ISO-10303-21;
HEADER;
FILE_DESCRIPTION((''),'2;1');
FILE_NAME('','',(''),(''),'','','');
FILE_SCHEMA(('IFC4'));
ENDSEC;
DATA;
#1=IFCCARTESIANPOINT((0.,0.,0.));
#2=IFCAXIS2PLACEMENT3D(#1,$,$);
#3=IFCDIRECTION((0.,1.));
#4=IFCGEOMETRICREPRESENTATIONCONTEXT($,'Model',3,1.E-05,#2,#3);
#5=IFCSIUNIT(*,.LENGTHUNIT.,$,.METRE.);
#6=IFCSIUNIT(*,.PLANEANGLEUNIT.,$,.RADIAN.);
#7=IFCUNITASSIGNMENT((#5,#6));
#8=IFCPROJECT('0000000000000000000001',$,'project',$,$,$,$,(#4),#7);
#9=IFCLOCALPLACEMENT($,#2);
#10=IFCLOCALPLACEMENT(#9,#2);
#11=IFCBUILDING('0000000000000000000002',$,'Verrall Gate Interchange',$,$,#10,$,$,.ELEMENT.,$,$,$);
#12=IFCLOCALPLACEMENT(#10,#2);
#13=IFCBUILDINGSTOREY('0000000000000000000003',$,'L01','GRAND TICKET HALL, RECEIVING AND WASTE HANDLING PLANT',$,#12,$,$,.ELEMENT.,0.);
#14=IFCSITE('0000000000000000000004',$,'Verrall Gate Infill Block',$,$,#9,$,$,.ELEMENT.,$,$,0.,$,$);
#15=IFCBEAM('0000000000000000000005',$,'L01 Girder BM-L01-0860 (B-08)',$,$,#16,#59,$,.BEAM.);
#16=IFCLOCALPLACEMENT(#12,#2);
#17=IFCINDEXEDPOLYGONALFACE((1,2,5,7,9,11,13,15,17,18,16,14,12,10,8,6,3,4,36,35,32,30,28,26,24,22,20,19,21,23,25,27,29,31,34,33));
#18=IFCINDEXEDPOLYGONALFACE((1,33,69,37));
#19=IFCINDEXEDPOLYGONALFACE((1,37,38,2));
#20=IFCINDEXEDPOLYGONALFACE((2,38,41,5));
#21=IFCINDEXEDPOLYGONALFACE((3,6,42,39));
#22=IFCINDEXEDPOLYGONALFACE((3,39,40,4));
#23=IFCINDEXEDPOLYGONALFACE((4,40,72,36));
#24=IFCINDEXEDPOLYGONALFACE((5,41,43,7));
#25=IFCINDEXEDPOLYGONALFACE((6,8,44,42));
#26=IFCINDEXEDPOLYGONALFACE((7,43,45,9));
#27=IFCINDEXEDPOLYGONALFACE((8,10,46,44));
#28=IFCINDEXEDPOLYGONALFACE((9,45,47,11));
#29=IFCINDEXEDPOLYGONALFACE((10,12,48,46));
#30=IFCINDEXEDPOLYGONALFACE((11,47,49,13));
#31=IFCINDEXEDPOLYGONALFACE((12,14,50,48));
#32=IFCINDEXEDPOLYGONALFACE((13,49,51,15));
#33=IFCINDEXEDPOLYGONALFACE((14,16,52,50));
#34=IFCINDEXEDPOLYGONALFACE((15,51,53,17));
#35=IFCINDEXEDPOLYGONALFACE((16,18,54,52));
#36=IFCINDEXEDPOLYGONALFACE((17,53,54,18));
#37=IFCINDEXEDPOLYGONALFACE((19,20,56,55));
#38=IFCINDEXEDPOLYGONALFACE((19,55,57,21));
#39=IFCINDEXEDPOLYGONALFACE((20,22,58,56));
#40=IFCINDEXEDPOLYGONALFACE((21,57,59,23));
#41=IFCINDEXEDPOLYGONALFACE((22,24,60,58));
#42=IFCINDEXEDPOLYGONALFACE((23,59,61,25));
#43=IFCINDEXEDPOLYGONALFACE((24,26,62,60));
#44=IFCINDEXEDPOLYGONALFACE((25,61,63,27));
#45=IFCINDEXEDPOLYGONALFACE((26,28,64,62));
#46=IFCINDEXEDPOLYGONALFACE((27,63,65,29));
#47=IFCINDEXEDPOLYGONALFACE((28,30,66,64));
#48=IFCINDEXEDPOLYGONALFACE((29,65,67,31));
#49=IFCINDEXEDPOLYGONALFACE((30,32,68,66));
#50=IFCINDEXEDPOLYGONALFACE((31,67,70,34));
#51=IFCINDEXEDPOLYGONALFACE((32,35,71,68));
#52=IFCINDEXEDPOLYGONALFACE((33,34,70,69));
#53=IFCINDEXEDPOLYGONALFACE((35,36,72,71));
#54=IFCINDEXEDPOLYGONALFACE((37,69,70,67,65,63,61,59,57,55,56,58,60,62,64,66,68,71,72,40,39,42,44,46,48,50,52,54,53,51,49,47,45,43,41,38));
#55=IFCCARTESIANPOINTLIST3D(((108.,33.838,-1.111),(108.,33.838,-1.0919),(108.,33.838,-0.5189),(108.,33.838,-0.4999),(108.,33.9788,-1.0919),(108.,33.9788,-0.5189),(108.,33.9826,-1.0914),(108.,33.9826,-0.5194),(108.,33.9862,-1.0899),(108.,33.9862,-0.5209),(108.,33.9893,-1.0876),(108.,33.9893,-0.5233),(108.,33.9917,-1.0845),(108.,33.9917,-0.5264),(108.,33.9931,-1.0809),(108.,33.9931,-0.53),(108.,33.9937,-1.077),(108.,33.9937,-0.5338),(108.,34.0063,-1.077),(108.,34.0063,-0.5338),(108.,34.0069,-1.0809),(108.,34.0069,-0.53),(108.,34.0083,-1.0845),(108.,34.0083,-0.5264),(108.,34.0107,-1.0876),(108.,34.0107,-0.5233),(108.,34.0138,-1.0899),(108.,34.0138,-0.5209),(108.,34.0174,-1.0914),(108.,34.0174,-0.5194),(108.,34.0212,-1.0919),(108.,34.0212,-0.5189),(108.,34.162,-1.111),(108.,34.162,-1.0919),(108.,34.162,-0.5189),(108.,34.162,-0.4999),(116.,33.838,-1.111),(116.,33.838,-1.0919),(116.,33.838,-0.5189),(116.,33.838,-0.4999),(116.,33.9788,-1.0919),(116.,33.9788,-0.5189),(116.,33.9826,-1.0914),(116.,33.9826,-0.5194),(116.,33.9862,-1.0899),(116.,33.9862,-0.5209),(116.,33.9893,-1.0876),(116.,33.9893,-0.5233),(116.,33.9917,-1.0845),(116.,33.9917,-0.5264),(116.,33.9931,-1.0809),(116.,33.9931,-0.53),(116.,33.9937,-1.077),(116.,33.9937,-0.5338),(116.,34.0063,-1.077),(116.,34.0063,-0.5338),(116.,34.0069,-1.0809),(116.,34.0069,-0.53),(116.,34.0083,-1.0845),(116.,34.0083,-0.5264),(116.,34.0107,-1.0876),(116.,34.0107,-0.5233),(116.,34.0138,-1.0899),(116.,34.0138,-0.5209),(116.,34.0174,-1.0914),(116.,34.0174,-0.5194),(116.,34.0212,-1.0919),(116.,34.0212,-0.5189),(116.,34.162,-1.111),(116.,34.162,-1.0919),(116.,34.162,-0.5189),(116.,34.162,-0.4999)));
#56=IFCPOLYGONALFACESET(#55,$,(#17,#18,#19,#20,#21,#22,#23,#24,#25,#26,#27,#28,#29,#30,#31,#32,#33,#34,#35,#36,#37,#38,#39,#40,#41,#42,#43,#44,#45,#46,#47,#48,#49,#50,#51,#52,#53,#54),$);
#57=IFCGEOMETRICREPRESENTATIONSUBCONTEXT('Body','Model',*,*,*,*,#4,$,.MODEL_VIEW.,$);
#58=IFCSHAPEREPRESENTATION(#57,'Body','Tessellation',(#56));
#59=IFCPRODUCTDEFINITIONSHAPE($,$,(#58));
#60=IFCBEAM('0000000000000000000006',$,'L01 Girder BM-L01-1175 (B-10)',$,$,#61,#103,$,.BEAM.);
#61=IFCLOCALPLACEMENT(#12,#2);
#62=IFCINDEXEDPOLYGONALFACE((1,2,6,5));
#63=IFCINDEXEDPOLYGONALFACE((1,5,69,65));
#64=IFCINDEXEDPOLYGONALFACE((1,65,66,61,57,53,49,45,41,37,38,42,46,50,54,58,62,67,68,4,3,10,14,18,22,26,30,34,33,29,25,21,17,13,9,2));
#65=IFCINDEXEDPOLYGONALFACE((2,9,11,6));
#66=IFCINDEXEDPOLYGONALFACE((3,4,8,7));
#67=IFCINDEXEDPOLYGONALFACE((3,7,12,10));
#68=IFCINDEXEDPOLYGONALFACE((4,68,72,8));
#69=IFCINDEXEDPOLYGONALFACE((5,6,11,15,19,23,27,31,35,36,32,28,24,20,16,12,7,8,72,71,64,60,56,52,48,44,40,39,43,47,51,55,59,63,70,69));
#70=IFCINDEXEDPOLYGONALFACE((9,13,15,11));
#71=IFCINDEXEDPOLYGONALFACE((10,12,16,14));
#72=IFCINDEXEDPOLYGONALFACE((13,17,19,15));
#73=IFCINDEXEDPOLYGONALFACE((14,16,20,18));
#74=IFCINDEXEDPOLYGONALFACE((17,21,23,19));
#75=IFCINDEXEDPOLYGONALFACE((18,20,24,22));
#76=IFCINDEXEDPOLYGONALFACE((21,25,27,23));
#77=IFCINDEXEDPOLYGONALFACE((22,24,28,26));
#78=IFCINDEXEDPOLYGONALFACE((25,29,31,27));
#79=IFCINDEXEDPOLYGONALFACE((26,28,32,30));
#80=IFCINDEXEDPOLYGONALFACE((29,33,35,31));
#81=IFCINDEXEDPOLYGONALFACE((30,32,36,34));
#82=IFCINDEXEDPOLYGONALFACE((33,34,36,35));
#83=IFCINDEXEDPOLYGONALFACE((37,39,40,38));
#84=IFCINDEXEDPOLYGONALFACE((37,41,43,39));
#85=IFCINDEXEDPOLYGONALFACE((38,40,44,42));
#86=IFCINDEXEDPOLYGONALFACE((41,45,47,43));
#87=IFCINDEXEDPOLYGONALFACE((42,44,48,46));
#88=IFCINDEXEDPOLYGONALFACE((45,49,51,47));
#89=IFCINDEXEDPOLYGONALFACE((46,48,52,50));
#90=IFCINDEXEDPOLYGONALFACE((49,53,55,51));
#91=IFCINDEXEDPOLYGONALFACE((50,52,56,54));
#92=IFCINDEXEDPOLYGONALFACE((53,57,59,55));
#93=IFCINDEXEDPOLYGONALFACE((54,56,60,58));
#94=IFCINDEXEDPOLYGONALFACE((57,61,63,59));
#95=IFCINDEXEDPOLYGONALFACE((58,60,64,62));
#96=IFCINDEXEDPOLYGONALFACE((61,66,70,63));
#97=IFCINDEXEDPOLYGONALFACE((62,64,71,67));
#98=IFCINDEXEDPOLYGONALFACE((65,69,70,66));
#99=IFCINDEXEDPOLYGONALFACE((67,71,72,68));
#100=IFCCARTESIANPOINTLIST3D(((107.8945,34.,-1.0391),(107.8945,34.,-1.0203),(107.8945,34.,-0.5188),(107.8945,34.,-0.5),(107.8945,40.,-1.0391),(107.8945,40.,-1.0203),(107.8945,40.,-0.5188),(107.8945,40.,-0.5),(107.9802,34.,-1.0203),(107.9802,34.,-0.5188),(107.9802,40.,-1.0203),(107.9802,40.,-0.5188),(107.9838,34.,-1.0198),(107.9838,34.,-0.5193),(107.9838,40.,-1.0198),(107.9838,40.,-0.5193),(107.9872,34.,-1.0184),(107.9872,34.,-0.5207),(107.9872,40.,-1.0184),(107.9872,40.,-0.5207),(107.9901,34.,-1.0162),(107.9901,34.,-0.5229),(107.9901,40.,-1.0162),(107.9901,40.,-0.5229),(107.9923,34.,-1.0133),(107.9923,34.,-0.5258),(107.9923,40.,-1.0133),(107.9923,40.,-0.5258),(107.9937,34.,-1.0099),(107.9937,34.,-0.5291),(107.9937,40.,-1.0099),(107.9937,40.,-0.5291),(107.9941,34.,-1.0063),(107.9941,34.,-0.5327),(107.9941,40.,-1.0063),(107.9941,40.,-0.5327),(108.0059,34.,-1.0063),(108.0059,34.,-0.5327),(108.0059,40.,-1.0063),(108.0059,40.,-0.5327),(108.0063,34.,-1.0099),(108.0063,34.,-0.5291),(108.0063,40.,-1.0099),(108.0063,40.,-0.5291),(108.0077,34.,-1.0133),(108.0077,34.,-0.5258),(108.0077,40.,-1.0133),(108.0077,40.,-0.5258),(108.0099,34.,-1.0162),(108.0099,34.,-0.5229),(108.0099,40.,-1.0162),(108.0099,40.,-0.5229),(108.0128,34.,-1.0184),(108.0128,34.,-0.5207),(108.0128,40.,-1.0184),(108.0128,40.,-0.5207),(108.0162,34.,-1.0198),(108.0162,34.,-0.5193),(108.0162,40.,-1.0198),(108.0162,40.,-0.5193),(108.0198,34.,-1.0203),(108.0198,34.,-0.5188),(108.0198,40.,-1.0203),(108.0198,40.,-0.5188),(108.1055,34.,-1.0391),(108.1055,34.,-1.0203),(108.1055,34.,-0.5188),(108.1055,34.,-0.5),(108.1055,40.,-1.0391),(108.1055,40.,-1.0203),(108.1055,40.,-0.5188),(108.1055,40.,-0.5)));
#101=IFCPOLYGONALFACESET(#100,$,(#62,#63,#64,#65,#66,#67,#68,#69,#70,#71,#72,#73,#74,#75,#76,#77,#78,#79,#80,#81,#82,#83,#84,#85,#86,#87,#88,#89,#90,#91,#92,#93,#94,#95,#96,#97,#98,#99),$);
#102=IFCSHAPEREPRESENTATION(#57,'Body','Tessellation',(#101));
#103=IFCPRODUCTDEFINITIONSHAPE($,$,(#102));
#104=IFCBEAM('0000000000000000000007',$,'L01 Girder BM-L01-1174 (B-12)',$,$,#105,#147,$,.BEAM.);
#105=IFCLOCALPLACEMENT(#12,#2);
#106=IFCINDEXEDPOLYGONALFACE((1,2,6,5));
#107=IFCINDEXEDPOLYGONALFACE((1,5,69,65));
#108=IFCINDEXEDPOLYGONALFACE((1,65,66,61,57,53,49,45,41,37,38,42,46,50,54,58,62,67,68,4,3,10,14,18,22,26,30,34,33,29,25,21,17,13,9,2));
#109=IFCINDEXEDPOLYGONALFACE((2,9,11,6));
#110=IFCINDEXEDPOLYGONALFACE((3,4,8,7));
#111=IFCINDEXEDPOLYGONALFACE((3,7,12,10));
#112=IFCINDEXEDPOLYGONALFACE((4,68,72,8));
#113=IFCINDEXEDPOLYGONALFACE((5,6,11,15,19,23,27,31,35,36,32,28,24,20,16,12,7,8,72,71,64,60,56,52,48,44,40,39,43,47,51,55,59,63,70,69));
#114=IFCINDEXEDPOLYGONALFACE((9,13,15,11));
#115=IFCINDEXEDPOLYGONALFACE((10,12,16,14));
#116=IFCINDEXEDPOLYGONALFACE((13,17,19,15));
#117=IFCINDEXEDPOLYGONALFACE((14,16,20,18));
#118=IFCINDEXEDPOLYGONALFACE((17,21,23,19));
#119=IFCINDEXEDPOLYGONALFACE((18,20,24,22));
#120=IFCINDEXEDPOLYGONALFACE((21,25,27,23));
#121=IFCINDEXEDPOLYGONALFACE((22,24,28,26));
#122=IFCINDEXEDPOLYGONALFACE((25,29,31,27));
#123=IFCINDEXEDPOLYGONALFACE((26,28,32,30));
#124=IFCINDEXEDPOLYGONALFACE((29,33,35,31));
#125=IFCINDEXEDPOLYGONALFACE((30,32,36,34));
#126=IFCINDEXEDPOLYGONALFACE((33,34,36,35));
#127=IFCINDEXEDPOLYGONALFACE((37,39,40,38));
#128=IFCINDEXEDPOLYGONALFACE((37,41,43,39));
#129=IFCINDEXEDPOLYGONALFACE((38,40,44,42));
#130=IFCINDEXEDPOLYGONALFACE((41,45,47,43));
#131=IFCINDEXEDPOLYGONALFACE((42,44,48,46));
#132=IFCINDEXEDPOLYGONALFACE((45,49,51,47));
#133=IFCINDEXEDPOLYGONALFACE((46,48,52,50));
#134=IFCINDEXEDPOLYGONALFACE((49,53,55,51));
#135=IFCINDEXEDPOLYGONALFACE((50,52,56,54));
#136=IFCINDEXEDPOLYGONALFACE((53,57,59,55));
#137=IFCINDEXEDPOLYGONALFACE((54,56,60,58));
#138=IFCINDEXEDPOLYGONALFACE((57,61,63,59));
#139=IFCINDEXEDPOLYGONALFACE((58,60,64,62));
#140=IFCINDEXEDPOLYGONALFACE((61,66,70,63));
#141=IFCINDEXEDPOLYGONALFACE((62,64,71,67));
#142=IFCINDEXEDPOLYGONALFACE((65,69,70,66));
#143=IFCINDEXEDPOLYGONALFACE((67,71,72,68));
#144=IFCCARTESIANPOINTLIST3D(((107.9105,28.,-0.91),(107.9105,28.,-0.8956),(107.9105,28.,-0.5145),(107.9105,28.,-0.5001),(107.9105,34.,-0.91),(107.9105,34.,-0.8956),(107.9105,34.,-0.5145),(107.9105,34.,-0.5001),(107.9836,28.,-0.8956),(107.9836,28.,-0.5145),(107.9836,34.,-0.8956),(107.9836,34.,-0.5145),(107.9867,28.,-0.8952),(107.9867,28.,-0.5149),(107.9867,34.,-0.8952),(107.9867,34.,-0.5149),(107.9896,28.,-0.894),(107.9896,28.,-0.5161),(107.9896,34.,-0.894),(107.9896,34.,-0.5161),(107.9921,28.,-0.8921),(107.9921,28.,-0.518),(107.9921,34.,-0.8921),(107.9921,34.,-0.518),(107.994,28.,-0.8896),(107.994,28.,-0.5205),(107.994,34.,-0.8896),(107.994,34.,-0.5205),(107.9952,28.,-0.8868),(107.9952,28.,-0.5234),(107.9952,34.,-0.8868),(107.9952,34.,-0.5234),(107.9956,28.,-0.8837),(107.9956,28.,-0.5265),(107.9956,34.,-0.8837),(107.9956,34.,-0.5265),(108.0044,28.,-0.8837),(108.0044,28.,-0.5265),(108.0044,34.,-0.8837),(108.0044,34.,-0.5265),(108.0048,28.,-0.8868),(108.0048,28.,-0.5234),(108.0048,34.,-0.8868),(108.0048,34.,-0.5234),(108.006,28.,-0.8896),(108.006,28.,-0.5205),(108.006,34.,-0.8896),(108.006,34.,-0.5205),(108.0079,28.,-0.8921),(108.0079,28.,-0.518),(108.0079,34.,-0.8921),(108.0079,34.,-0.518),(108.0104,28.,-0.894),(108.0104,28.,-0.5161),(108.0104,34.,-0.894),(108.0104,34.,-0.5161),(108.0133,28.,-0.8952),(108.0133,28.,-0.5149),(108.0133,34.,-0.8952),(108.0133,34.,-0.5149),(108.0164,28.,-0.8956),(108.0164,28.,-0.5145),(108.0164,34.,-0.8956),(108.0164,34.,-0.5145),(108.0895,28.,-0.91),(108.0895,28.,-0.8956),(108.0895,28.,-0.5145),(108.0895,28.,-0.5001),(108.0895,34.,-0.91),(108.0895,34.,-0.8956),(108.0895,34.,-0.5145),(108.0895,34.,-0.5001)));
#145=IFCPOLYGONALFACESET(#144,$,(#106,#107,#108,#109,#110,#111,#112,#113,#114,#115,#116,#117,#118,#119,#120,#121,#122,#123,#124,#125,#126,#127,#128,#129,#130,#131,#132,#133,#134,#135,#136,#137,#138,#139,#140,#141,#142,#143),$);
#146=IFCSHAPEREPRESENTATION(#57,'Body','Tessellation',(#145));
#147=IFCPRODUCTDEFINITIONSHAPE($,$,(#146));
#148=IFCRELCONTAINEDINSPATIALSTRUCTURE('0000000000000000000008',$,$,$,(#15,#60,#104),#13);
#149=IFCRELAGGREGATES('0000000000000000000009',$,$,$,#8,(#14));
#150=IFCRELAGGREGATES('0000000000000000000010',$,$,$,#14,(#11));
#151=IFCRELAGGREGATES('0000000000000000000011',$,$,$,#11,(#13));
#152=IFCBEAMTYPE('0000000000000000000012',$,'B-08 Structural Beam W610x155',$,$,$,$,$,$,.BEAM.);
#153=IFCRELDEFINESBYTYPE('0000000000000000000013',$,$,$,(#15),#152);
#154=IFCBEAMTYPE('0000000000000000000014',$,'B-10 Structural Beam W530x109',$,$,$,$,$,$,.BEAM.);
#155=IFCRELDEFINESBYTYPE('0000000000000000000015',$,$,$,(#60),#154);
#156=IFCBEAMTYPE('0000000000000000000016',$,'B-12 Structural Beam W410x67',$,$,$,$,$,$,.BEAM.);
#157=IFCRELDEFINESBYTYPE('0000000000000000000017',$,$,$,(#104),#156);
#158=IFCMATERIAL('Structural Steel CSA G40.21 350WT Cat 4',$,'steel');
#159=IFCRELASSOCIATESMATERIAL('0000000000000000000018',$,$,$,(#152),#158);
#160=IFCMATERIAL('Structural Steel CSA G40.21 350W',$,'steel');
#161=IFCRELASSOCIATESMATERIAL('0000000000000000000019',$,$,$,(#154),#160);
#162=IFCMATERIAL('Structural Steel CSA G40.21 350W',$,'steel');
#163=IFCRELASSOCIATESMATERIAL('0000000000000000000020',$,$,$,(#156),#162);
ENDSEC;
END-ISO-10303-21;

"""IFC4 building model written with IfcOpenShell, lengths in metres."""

from ifc_helpers import new_model, si_unit, direction, frame, origin, origin_2d, place, context, subcontext, project, spatial, i_section, extrude, material, material_profile, profile_set, type_object, element, save


model = new_model("IFC4")

# Units and contexts
model_context = context("Model", 3, precision=1e-05, world=origin(), true_north=direction((0.0, 1.0)))
body_context = subcontext(model_context, "Body", "Model", "MODEL_VIEW")
ifc_project = project(units=[si_unit("LENGTHUNIT", "METRE"), si_unit("PLANEANGLEUNIT", "RADIAN")], contexts=[model_context])

# Site, building, storey
site_placement = place(None, origin())
site = spatial("IfcSite", under=ifc_project, at=site_placement, Name="Verrall Gate Infill Block", CompositionType="ELEMENT", RefElevation=0.0)
building_placement = place(site_placement, origin())
building = spatial("IfcBuilding", under=site, at=building_placement, Name="Verrall Gate Interchange", CompositionType="ELEMENT")
storey_placement = place(building_placement, origin())
storey = spatial("IfcBuildingStorey", under=building, at=storey_placement, Name="L01", Description="GRAND TICKET HALL, RECEIVING AND WASTE HANDLING PLANT", CompositionType="ELEMENT", Elevation=0.0)

# Beams
ifc_material_1 = material(Name="Structural Steel CSA G40.21 350WT Cat 4", Category="steel")
ifc_material_profile_1 = material_profile(ifc_material_1, i_section(OverallWidth=0.324, OverallDepth=0.6111, WebThickness=0.0127, FlangeThickness=0.019, FilletRadius=0.0149, at=origin_2d()), Name="W610x155")
ifc_profile_set_1 = profile_set([ifc_material_profile_1], Name="Structural Steel CSA G40.21 350WT Cat 4")
beam_type_1 = type_object("IfcBeamType", Name="B-08 Structural Beam W610x155", PredefinedType="BEAM", material=ifc_profile_set_1)
for number, where, z_axis, x_axis, name in (
    (1, (108.0, 34.0, -0.8054), (1.0, 0.0, 0.0), (0.0, 1.0, 0.0), "L01 Girder BM-L01-0860 (B-08)"),
):
    element("IfcBeam", number, at=place(storey_placement, frame(where, z_axis=z_axis, x_axis=x_axis)), inside=storey, type_object=beam_type_1, Name=name, PredefinedType="BEAM", context=body_context, shape_type="SweptSolid", body=[
        extrude(i_section(OverallWidth=0.324, OverallDepth=0.6111, WebThickness=0.0127, FlangeThickness=0.019, FilletRadius=0.0149, at=origin_2d()), origin(), (0.0, 0.0, 1.0), 8.0),
    ])
ifc_material_2 = material(Name="Structural Steel CSA G40.21 350W", Category="steel")
ifc_material_profile_2 = material_profile(ifc_material_2, i_section(OverallWidth=0.2109, OverallDepth=0.5391, WebThickness=0.0117, FlangeThickness=0.0188, FilletRadius=0.0139, at=origin_2d()), Name="W530x109")
ifc_profile_set_2 = profile_set([ifc_material_profile_2], Name="Structural Steel CSA G40.21 350W")
beam_type_2 = type_object("IfcBeamType", Name="B-10 Structural Beam W530x109", PredefinedType="BEAM", material=ifc_profile_set_2)
beam_1_placement = place(storey_placement, frame((108.0, 34.0, -0.7695), z_axis=(0.0, 1.0, 0.0), x_axis=(-1.0, 0.0, 0.0)))
element("IfcBeam", 2, at=beam_1_placement, inside=storey, type_object=beam_type_2, Name="L01 Girder BM-L01-1175 (B-10)", PredefinedType="BEAM", context=body_context, shape_type="SweptSolid", body=[
    extrude(i_section(OverallWidth=0.2109, OverallDepth=0.5391, WebThickness=0.0117, FlangeThickness=0.0188, FilletRadius=0.0139, at=origin_2d()), origin(), (0.0, 0.0, 1.0), 6.0),
])
ifc_material_3 = material(Name="Structural Steel CSA G40.21 350W", Category="steel")
ifc_material_profile_3 = material_profile(ifc_material_3, i_section(OverallWidth=0.179, OverallDepth=0.4099, WebThickness=0.0088, FlangeThickness=0.0144, FilletRadius=0.012, at=origin_2d()), Name="W410x67")
ifc_profile_set_3 = profile_set([ifc_material_profile_3], Name="Structural Steel CSA G40.21 350W")
beam_type_3 = type_object("IfcBeamType", Name="B-12 Structural Beam W410x67", PredefinedType="BEAM", material=ifc_profile_set_3)
beam_2_placement = place(storey_placement, frame((108.0, 28.0, -0.7051), z_axis=(0.0, 1.0, 0.0), x_axis=(-1.0, 0.0, 0.0)))
element("IfcBeam", 3, at=beam_2_placement, inside=storey, type_object=beam_type_3, Name="L01 Girder BM-L01-1174 (B-12)", PredefinedType="BEAM", context=body_context, shape_type="SweptSolid", body=[
    extrude(i_section(OverallWidth=0.179, OverallDepth=0.4099, WebThickness=0.0088, FlangeThickness=0.0144, FilletRadius=0.012, at=origin_2d()), origin(), (0.0, 0.0, 1.0), 6.0),
])

save(model, "model.ifc")
